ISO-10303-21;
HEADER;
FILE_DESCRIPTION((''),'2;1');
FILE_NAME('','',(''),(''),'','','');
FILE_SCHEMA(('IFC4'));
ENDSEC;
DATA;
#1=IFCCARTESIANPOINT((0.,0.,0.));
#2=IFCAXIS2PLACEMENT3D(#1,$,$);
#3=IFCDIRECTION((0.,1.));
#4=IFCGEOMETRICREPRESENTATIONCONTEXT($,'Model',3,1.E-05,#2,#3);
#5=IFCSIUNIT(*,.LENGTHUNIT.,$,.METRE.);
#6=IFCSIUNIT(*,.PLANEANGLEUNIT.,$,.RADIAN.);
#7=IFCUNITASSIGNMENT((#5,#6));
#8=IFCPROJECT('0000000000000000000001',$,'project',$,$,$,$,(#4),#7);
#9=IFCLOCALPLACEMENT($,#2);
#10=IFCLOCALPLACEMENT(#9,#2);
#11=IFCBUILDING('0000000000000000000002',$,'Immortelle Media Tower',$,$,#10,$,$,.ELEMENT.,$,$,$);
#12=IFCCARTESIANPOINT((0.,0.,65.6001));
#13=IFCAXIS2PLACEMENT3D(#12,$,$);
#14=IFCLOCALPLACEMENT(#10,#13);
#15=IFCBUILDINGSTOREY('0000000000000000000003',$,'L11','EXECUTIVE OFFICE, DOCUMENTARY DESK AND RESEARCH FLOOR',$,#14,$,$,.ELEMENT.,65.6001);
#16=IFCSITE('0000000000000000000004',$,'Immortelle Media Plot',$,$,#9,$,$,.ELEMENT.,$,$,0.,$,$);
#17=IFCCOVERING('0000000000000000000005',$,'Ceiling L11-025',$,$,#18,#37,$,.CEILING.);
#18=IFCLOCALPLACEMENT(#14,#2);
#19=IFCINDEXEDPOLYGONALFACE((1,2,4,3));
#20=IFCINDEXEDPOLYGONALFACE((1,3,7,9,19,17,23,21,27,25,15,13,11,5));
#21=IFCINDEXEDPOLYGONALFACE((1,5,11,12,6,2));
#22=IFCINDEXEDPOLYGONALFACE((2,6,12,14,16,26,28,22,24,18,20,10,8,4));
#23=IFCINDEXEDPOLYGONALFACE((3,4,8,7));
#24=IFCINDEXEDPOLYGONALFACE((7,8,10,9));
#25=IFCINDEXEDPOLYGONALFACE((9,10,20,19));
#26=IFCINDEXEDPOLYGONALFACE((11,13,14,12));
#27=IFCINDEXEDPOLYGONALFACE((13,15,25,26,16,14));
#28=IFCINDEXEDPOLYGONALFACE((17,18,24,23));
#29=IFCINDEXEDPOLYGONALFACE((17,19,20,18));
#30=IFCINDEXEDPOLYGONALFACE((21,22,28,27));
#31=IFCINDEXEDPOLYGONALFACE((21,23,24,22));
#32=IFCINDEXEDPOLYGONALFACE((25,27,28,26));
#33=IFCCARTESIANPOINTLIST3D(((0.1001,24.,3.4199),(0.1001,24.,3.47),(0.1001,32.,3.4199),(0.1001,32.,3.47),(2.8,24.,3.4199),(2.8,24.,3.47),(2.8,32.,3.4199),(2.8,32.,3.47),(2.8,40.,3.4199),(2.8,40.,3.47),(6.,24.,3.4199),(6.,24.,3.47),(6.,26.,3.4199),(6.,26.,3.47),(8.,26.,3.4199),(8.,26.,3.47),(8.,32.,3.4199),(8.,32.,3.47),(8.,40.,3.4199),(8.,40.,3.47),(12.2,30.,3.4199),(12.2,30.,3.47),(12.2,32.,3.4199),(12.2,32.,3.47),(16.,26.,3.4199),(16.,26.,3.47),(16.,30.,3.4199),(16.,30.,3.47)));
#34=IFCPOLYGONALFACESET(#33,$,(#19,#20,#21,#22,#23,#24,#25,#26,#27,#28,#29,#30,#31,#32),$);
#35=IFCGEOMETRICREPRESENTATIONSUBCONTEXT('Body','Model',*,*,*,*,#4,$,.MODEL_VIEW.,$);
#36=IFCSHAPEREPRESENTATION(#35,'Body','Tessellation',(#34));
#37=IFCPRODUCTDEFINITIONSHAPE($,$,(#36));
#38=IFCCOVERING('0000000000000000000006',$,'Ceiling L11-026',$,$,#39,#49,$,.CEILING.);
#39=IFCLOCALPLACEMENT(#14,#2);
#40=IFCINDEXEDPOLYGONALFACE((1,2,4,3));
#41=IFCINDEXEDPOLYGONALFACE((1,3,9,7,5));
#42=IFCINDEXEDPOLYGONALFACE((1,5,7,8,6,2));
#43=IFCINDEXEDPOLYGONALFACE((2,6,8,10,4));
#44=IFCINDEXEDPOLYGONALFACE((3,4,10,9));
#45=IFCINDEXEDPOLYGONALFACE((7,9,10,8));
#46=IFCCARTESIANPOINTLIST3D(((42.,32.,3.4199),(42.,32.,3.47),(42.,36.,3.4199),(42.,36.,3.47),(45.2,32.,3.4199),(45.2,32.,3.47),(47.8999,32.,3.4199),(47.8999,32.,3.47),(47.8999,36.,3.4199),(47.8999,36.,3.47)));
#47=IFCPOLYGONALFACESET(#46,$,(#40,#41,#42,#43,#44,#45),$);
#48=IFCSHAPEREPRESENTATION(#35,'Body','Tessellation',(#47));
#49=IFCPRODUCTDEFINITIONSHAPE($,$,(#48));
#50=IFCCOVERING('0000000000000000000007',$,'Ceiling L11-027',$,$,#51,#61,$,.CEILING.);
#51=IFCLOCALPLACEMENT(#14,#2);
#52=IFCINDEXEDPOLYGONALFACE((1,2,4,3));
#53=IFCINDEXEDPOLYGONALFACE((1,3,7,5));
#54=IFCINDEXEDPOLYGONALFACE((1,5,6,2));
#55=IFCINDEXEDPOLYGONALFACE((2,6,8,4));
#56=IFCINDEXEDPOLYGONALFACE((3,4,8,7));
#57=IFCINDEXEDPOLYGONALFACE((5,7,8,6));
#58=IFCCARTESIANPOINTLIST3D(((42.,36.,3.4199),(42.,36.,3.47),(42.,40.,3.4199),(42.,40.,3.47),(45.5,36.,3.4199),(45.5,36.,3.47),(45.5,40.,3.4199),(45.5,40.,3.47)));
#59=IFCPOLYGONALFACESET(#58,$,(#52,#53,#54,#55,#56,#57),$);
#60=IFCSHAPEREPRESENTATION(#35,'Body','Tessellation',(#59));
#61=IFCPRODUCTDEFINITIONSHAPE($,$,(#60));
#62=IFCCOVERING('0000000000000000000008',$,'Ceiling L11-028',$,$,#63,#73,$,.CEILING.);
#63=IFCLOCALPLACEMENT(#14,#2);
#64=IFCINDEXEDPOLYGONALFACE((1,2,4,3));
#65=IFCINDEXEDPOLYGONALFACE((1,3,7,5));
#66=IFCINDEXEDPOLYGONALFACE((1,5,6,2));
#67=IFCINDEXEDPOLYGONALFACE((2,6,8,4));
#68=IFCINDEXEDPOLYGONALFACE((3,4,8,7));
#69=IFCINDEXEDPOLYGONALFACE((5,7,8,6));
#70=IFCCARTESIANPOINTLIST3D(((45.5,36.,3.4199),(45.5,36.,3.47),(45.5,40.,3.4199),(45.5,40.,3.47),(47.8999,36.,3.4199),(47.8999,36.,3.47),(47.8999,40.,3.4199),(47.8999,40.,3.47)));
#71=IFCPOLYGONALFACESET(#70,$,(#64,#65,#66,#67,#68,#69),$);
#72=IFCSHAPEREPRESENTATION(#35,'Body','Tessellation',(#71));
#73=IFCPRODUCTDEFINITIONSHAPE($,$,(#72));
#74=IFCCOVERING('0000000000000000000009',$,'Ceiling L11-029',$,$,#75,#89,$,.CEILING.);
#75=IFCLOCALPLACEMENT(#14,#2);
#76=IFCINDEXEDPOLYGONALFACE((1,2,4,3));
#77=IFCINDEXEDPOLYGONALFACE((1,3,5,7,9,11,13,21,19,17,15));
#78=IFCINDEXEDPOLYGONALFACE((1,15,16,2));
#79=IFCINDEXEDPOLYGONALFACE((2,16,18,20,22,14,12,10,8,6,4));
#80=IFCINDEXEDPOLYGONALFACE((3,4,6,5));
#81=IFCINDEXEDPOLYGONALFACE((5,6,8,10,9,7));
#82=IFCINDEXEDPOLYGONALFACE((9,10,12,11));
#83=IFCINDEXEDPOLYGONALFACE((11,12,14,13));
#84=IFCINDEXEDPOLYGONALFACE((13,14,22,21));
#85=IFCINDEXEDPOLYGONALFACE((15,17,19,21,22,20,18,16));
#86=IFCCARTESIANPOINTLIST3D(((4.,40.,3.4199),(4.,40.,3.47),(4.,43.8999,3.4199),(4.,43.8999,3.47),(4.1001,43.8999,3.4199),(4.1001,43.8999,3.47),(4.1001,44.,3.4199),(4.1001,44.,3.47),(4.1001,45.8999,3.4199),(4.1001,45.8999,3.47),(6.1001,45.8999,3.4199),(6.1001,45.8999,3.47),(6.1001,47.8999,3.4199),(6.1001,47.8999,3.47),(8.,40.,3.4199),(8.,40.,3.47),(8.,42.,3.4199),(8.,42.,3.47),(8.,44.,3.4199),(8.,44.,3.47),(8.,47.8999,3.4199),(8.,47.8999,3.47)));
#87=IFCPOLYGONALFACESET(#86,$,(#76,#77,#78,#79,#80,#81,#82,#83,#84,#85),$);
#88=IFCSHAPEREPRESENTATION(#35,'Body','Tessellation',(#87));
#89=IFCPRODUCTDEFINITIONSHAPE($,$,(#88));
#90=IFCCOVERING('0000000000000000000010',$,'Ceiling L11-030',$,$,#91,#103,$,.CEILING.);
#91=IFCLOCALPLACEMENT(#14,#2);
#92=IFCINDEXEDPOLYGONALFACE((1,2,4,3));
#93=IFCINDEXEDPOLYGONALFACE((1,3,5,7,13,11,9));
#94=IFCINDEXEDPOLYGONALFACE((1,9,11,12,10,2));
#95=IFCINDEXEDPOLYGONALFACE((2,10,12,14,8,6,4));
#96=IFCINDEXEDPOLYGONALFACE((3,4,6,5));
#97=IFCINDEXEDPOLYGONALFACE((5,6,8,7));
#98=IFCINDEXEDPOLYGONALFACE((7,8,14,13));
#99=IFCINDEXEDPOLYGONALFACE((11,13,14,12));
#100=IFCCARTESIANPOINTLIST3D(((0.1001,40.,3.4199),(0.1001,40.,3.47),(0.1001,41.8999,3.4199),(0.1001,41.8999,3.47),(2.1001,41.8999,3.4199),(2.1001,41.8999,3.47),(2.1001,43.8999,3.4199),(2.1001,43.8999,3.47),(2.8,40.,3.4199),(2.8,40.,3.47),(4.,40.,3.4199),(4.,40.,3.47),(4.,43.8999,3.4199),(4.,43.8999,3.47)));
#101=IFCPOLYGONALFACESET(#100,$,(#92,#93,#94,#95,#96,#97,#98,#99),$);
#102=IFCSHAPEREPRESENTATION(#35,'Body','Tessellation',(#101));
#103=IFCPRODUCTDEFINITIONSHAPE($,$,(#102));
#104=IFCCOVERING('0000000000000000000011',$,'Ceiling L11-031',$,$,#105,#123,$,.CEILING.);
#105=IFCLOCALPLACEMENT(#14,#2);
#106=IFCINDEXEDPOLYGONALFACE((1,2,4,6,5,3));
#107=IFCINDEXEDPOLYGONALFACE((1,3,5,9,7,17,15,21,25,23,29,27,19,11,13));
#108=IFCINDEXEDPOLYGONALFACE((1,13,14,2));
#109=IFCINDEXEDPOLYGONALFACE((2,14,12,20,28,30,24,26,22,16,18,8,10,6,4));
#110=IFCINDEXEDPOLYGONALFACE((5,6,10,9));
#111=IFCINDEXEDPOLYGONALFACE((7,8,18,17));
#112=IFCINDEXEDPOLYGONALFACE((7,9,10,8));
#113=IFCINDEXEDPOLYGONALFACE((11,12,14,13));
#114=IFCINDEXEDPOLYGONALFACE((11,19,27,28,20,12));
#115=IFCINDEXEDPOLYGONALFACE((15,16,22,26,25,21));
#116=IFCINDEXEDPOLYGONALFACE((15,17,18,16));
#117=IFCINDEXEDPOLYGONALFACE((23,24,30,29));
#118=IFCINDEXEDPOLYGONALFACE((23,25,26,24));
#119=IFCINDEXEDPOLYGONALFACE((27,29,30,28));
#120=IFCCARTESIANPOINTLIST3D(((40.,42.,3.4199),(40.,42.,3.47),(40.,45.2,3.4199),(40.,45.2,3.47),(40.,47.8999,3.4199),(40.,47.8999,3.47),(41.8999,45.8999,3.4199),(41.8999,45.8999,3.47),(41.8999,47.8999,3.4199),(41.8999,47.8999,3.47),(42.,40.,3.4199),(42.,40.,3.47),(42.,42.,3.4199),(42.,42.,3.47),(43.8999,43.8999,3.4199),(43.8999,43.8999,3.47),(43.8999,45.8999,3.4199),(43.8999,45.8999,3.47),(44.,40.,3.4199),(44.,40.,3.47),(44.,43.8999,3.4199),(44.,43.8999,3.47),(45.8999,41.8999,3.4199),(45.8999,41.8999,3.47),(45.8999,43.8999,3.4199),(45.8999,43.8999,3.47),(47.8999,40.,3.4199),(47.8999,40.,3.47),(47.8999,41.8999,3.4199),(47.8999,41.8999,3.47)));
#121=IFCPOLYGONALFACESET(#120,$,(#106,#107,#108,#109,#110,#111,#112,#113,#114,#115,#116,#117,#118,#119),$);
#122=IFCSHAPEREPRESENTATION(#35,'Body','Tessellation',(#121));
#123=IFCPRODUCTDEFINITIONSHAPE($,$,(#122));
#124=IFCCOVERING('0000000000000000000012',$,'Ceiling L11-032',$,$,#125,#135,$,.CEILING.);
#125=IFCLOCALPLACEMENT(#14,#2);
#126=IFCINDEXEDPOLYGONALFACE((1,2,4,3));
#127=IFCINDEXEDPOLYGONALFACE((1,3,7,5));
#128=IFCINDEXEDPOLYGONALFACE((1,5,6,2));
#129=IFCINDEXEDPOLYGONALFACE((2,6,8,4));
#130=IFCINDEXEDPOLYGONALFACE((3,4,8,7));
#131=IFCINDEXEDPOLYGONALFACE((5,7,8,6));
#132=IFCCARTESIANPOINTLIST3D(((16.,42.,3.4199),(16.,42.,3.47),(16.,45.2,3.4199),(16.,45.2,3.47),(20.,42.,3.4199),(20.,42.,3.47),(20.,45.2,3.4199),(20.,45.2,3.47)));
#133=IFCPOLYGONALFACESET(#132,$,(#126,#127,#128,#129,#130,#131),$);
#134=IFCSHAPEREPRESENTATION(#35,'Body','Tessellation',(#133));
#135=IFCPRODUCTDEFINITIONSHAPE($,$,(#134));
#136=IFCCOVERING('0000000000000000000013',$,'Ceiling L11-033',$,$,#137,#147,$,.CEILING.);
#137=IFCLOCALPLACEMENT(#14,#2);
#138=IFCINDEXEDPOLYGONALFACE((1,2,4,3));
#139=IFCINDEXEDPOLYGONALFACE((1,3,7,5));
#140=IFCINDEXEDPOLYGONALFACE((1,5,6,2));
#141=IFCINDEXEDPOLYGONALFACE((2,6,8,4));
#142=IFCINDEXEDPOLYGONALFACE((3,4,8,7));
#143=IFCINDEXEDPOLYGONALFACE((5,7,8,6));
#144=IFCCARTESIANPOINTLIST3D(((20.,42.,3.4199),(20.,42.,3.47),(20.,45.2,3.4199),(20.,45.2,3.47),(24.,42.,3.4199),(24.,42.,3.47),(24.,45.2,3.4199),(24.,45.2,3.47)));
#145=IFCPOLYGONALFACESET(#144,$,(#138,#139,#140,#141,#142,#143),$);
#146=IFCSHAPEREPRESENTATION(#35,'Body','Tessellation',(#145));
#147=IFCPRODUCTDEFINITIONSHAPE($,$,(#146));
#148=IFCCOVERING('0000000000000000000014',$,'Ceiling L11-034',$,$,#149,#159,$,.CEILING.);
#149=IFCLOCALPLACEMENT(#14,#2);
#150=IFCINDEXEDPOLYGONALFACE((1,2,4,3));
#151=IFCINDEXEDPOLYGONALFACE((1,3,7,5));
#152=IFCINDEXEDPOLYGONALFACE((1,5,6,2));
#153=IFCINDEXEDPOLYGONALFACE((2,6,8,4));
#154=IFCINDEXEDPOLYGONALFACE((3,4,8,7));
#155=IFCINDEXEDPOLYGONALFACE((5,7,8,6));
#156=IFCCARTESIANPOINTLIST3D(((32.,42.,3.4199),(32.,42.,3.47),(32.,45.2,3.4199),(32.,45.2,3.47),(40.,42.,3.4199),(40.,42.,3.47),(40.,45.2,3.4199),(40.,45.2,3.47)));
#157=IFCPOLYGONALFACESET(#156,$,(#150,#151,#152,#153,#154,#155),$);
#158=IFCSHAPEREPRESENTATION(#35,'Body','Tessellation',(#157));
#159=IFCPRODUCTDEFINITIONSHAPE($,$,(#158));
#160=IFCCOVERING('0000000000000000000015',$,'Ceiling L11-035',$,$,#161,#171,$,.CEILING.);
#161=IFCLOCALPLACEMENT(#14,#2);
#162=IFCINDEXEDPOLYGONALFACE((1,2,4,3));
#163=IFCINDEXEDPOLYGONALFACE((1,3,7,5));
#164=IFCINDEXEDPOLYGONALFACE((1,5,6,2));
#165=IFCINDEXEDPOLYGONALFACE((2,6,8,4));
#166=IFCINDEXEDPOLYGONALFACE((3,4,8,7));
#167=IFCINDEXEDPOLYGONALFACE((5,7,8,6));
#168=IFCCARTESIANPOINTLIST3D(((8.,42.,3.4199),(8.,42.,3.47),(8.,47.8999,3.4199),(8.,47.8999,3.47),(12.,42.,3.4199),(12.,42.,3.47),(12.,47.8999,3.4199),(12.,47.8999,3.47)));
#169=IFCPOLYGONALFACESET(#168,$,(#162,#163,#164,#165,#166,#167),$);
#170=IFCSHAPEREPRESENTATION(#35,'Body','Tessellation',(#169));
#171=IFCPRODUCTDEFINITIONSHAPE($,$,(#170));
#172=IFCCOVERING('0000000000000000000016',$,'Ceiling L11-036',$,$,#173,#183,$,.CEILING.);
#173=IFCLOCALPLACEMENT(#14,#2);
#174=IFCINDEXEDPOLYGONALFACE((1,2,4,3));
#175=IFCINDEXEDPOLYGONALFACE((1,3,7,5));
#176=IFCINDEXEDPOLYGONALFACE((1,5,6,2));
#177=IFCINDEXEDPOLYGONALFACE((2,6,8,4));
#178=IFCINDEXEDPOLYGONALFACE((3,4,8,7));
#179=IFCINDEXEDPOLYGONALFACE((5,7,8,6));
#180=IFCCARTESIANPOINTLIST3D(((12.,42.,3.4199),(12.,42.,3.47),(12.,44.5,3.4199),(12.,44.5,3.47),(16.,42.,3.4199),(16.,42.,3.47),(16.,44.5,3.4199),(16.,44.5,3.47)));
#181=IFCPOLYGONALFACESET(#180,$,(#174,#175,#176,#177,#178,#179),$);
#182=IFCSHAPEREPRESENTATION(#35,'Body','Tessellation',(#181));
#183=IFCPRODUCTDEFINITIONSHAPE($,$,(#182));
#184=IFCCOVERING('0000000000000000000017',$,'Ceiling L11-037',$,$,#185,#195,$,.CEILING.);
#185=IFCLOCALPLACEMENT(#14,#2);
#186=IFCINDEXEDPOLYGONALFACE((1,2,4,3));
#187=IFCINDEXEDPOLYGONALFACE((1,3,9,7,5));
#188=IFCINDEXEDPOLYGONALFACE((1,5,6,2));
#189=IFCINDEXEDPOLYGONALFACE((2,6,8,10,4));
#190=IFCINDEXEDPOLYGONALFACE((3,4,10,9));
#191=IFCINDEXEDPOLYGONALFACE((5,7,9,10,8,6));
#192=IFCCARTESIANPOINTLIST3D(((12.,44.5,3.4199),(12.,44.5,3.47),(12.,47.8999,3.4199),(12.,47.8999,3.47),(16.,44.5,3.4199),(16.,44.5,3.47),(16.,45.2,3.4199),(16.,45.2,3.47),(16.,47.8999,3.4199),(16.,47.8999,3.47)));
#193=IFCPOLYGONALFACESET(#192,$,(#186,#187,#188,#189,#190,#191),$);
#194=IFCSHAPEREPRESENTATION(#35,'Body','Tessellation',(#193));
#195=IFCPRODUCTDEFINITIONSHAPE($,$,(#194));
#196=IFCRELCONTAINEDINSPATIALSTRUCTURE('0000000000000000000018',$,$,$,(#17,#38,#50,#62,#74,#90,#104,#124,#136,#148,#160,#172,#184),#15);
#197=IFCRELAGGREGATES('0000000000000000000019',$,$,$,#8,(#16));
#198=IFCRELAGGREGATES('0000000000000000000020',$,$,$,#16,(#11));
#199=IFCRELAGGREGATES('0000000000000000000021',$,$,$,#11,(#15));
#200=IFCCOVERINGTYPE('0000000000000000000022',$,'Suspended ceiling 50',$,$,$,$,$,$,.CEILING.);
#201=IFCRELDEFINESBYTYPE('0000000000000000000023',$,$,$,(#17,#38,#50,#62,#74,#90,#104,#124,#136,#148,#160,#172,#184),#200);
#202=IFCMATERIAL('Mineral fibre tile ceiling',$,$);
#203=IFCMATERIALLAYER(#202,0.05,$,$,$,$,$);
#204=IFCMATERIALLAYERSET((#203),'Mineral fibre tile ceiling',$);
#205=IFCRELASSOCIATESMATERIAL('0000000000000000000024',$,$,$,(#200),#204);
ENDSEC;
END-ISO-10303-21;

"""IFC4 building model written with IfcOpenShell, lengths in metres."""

from ifc_helpers import new_model, si_unit, direction, frame, origin, place, context, subcontext, project, spatial, polyline, outline, extrude, material, layer, layer_set, type_object, element, save


model = new_model("IFC4")

# Units and contexts
model_context = context("Model", 3, precision=1e-05, world=origin(), true_north=direction((0.0, 1.0)))
body_context = subcontext(model_context, "Body", "Model", "MODEL_VIEW")
ifc_project = project(units=[si_unit("LENGTHUNIT", "METRE"), si_unit("PLANEANGLEUNIT", "RADIAN")], contexts=[model_context])

# Site, building, storey
site_placement = place(None, origin())
site = spatial("IfcSite", under=ifc_project, at=site_placement, Name="Immortelle Media Plot", CompositionType="ELEMENT", RefElevation=0.0)
building_placement = place(site_placement, origin())
building = spatial("IfcBuilding", under=site, at=building_placement, Name="Immortelle Media Tower", CompositionType="ELEMENT")
storey_placement = place(building_placement, frame((0.0, 0.0, 65.6001)))
storey = spatial("IfcBuildingStorey", under=building, at=storey_placement, Name="L11", Description="EXECUTIVE OFFICE, DOCUMENTARY DESK AND RESEARCH FLOOR", CompositionType="ELEMENT", Elevation=65.6001)

# Coverings
ifc_material_1 = material(Name="Mineral fibre tile ceiling")
ifc_layer = layer(ifc_material_1, 0.05)
ifc_layer_set = layer_set([ifc_layer], Name="Mineral fibre tile ceiling")
covering_type = type_object("IfcCoveringType", Name="Suspended ceiling 50", PredefinedType="CEILING", material=ifc_layer_set)
covering_1_placement = place(storey_placement, frame((0.0, 0.0, 3.4199)))
element("IfcCovering", 1, at=covering_1_placement, inside=storey, type_object=covering_type, Name="Ceiling L11-025", PredefinedType="CEILING", context=body_context, shape_type="SweptSolid", body=[
    extrude(outline(polyline([(12.2, 32.0), (12.2, 30.0), (16.0, 30.0), (16.0, 26.0), (8.0, 26.0), (6.0, 26.0), (6.0, 24.0), (2.8, 24.0), (0.1001, 24.0), (0.1001, 32.0), (2.8, 32.0), (2.8, 40.0), (8.0, 40.0), (8.0, 32.0), (12.2, 32.0)])), origin(), (0.0, 0.0, 1.0), 0.05),
])
covering_2_placement = place(storey_placement, frame((0.0, 0.0, 3.4199)))
element("IfcCovering", 2, at=covering_2_placement, inside=storey, type_object=covering_type, Name="Ceiling L11-026", PredefinedType="CEILING", context=body_context, shape_type="SweptSolid", body=[
    extrude(outline(polyline([(42.0, 32.0), (42.0, 36.0), (47.8999, 36.0), (47.8999, 32.0), (45.2, 32.0), (42.0, 32.0)])), origin(), (0.0, 0.0, 1.0), 0.05),
])
covering_3_placement = place(storey_placement, frame((0.0, 0.0, 3.4199)))
element("IfcCovering", 3, at=covering_3_placement, inside=storey, type_object=covering_type, Name="Ceiling L11-027", PredefinedType="CEILING", context=body_context, shape_type="SweptSolid", body=[
    extrude(outline(polyline([(45.5, 40.0), (45.5, 36.0), (42.0, 36.0), (42.0, 40.0), (45.5, 40.0)])), origin(), (0.0, 0.0, 1.0), 0.05),
])
covering_4_placement = place(storey_placement, frame((0.0, 0.0, 3.4199)))
element("IfcCovering", 4, at=covering_4_placement, inside=storey, type_object=covering_type, Name="Ceiling L11-028", PredefinedType="CEILING", context=body_context, shape_type="SweptSolid", body=[
    extrude(outline(polyline([(47.8999, 40.0), (47.8999, 36.0), (45.5, 36.0), (45.5, 40.0), (47.8999, 40.0)])), origin(), (0.0, 0.0, 1.0), 0.05),
])
covering_5_placement = place(storey_placement, frame((0.0, 0.0, 3.4199)))
element("IfcCovering", 5, at=covering_5_placement, inside=storey, type_object=covering_type, Name="Ceiling L11-029", PredefinedType="CEILING", context=body_context, shape_type="SweptSolid", body=[
    extrude(outline(polyline([(4.1001, 43.8999), (4.1001, 44.0), (4.1001, 45.8999), (6.1001, 45.8999), (6.1001, 47.8999), (8.0, 47.8999), (8.0, 44.0), (8.0, 42.0), (8.0, 40.0), (4.0, 40.0), (4.0, 43.8999), (4.1001, 43.8999)])), origin(), (0.0, 0.0, 1.0), 0.05),
])
covering_6_placement = place(storey_placement, frame((0.0, 0.0, 3.4199)))
element("IfcCovering", 6, at=covering_6_placement, inside=storey, type_object=covering_type, Name="Ceiling L11-030", PredefinedType="CEILING", context=body_context, shape_type="SweptSolid", body=[
    extrude(outline(polyline([(2.1001, 41.8999), (2.1001, 43.8999), (4.0, 43.8999), (4.0, 40.0), (2.8, 40.0), (0.1001, 40.0), (0.1001, 41.8999), (2.1001, 41.8999)])), origin(), (0.0, 0.0, 1.0), 0.05),
])
covering_7_placement = place(storey_placement, frame((0.0, 0.0, 3.4199)))
element("IfcCovering", 7, at=covering_7_placement, inside=storey, type_object=covering_type, Name="Ceiling L11-031", PredefinedType="CEILING", context=body_context, shape_type="SweptSolid", body=[
    extrude(outline(polyline([(45.8999, 41.8999), (47.8999, 41.8999), (47.8999, 40.0), (44.0, 40.0), (42.0, 40.0), (42.0, 42.0), (40.0, 42.0), (40.0, 45.2), (40.0, 47.8999), (41.8999, 47.8999), (41.8999, 45.8999), (43.8999, 45.8999), (43.8999, 43.8999), (44.0, 43.8999), (45.8999, 43.8999), (45.8999, 41.8999)])), origin(), (0.0, 0.0, 1.0), 0.05),
])
covering_8_placement = place(storey_placement, frame((0.0, 0.0, 3.4199)))
element("IfcCovering", 8, at=covering_8_placement, inside=storey, type_object=covering_type, Name="Ceiling L11-032", PredefinedType="CEILING", context=body_context, shape_type="SweptSolid", body=[
    extrude(outline(polyline([(16.0, 45.2), (20.0, 45.2), (20.0, 42.0), (16.0, 42.0), (16.0, 45.2)])), origin(), (0.0, 0.0, 1.0), 0.05),
])
covering_9_placement = place(storey_placement, frame((0.0, 0.0, 3.4199)))
element("IfcCovering", 9, at=covering_9_placement, inside=storey, type_object=covering_type, Name="Ceiling L11-033", PredefinedType="CEILING", context=body_context, shape_type="SweptSolid", body=[
    extrude(outline(polyline([(24.0, 45.2), (24.0, 42.0), (20.0, 42.0), (20.0, 45.2), (24.0, 45.2)])), origin(), (0.0, 0.0, 1.0), 0.05),
])
covering_10_placement = place(storey_placement, frame((0.0, 0.0, 3.4199)))
element("IfcCovering", 10, at=covering_10_placement, inside=storey, type_object=covering_type, Name="Ceiling L11-034", PredefinedType="CEILING", context=body_context, shape_type="SweptSolid", body=[
    extrude(outline(polyline([(32.0, 42.0), (32.0, 45.2), (40.0, 45.2), (40.0, 42.0), (32.0, 42.0)])), origin(), (0.0, 0.0, 1.0), 0.05),
])
covering_11_placement = place(storey_placement, frame((0.0, 0.0, 3.4199)))
element("IfcCovering", 11, at=covering_11_placement, inside=storey, type_object=covering_type, Name="Ceiling L11-035", PredefinedType="CEILING", context=body_context, shape_type="SweptSolid", body=[
    extrude(outline(polyline([(8.0, 47.8999), (12.0, 47.8999), (12.0, 42.0), (8.0, 42.0), (8.0, 47.8999)])), origin(), (0.0, 0.0, 1.0), 0.05),
])
covering_12_placement = place(storey_placement, frame((0.0, 0.0, 3.4199)))
element("IfcCovering", 12, at=covering_12_placement, inside=storey, type_object=covering_type, Name="Ceiling L11-036", PredefinedType="CEILING", context=body_context, shape_type="SweptSolid", body=[
    extrude(outline(polyline([(16.0, 42.0), (12.0, 42.0), (12.0, 44.5), (16.0, 44.5), (16.0, 42.0)])), origin(), (0.0, 0.0, 1.0), 0.05),
])
covering_13_placement = place(storey_placement, frame((0.0, 0.0, 3.4199)))
element("IfcCovering", 13, at=covering_13_placement, inside=storey, type_object=covering_type, Name="Ceiling L11-037", PredefinedType="CEILING", context=body_context, shape_type="SweptSolid", body=[
    extrude(outline(polyline([(16.0, 45.2), (16.0, 44.5), (12.0, 44.5), (12.0, 47.8999), (16.0, 47.8999), (16.0, 45.2)])), origin(), (0.0, 0.0, 1.0), 0.05),
])

save(model, "model.ifc")
